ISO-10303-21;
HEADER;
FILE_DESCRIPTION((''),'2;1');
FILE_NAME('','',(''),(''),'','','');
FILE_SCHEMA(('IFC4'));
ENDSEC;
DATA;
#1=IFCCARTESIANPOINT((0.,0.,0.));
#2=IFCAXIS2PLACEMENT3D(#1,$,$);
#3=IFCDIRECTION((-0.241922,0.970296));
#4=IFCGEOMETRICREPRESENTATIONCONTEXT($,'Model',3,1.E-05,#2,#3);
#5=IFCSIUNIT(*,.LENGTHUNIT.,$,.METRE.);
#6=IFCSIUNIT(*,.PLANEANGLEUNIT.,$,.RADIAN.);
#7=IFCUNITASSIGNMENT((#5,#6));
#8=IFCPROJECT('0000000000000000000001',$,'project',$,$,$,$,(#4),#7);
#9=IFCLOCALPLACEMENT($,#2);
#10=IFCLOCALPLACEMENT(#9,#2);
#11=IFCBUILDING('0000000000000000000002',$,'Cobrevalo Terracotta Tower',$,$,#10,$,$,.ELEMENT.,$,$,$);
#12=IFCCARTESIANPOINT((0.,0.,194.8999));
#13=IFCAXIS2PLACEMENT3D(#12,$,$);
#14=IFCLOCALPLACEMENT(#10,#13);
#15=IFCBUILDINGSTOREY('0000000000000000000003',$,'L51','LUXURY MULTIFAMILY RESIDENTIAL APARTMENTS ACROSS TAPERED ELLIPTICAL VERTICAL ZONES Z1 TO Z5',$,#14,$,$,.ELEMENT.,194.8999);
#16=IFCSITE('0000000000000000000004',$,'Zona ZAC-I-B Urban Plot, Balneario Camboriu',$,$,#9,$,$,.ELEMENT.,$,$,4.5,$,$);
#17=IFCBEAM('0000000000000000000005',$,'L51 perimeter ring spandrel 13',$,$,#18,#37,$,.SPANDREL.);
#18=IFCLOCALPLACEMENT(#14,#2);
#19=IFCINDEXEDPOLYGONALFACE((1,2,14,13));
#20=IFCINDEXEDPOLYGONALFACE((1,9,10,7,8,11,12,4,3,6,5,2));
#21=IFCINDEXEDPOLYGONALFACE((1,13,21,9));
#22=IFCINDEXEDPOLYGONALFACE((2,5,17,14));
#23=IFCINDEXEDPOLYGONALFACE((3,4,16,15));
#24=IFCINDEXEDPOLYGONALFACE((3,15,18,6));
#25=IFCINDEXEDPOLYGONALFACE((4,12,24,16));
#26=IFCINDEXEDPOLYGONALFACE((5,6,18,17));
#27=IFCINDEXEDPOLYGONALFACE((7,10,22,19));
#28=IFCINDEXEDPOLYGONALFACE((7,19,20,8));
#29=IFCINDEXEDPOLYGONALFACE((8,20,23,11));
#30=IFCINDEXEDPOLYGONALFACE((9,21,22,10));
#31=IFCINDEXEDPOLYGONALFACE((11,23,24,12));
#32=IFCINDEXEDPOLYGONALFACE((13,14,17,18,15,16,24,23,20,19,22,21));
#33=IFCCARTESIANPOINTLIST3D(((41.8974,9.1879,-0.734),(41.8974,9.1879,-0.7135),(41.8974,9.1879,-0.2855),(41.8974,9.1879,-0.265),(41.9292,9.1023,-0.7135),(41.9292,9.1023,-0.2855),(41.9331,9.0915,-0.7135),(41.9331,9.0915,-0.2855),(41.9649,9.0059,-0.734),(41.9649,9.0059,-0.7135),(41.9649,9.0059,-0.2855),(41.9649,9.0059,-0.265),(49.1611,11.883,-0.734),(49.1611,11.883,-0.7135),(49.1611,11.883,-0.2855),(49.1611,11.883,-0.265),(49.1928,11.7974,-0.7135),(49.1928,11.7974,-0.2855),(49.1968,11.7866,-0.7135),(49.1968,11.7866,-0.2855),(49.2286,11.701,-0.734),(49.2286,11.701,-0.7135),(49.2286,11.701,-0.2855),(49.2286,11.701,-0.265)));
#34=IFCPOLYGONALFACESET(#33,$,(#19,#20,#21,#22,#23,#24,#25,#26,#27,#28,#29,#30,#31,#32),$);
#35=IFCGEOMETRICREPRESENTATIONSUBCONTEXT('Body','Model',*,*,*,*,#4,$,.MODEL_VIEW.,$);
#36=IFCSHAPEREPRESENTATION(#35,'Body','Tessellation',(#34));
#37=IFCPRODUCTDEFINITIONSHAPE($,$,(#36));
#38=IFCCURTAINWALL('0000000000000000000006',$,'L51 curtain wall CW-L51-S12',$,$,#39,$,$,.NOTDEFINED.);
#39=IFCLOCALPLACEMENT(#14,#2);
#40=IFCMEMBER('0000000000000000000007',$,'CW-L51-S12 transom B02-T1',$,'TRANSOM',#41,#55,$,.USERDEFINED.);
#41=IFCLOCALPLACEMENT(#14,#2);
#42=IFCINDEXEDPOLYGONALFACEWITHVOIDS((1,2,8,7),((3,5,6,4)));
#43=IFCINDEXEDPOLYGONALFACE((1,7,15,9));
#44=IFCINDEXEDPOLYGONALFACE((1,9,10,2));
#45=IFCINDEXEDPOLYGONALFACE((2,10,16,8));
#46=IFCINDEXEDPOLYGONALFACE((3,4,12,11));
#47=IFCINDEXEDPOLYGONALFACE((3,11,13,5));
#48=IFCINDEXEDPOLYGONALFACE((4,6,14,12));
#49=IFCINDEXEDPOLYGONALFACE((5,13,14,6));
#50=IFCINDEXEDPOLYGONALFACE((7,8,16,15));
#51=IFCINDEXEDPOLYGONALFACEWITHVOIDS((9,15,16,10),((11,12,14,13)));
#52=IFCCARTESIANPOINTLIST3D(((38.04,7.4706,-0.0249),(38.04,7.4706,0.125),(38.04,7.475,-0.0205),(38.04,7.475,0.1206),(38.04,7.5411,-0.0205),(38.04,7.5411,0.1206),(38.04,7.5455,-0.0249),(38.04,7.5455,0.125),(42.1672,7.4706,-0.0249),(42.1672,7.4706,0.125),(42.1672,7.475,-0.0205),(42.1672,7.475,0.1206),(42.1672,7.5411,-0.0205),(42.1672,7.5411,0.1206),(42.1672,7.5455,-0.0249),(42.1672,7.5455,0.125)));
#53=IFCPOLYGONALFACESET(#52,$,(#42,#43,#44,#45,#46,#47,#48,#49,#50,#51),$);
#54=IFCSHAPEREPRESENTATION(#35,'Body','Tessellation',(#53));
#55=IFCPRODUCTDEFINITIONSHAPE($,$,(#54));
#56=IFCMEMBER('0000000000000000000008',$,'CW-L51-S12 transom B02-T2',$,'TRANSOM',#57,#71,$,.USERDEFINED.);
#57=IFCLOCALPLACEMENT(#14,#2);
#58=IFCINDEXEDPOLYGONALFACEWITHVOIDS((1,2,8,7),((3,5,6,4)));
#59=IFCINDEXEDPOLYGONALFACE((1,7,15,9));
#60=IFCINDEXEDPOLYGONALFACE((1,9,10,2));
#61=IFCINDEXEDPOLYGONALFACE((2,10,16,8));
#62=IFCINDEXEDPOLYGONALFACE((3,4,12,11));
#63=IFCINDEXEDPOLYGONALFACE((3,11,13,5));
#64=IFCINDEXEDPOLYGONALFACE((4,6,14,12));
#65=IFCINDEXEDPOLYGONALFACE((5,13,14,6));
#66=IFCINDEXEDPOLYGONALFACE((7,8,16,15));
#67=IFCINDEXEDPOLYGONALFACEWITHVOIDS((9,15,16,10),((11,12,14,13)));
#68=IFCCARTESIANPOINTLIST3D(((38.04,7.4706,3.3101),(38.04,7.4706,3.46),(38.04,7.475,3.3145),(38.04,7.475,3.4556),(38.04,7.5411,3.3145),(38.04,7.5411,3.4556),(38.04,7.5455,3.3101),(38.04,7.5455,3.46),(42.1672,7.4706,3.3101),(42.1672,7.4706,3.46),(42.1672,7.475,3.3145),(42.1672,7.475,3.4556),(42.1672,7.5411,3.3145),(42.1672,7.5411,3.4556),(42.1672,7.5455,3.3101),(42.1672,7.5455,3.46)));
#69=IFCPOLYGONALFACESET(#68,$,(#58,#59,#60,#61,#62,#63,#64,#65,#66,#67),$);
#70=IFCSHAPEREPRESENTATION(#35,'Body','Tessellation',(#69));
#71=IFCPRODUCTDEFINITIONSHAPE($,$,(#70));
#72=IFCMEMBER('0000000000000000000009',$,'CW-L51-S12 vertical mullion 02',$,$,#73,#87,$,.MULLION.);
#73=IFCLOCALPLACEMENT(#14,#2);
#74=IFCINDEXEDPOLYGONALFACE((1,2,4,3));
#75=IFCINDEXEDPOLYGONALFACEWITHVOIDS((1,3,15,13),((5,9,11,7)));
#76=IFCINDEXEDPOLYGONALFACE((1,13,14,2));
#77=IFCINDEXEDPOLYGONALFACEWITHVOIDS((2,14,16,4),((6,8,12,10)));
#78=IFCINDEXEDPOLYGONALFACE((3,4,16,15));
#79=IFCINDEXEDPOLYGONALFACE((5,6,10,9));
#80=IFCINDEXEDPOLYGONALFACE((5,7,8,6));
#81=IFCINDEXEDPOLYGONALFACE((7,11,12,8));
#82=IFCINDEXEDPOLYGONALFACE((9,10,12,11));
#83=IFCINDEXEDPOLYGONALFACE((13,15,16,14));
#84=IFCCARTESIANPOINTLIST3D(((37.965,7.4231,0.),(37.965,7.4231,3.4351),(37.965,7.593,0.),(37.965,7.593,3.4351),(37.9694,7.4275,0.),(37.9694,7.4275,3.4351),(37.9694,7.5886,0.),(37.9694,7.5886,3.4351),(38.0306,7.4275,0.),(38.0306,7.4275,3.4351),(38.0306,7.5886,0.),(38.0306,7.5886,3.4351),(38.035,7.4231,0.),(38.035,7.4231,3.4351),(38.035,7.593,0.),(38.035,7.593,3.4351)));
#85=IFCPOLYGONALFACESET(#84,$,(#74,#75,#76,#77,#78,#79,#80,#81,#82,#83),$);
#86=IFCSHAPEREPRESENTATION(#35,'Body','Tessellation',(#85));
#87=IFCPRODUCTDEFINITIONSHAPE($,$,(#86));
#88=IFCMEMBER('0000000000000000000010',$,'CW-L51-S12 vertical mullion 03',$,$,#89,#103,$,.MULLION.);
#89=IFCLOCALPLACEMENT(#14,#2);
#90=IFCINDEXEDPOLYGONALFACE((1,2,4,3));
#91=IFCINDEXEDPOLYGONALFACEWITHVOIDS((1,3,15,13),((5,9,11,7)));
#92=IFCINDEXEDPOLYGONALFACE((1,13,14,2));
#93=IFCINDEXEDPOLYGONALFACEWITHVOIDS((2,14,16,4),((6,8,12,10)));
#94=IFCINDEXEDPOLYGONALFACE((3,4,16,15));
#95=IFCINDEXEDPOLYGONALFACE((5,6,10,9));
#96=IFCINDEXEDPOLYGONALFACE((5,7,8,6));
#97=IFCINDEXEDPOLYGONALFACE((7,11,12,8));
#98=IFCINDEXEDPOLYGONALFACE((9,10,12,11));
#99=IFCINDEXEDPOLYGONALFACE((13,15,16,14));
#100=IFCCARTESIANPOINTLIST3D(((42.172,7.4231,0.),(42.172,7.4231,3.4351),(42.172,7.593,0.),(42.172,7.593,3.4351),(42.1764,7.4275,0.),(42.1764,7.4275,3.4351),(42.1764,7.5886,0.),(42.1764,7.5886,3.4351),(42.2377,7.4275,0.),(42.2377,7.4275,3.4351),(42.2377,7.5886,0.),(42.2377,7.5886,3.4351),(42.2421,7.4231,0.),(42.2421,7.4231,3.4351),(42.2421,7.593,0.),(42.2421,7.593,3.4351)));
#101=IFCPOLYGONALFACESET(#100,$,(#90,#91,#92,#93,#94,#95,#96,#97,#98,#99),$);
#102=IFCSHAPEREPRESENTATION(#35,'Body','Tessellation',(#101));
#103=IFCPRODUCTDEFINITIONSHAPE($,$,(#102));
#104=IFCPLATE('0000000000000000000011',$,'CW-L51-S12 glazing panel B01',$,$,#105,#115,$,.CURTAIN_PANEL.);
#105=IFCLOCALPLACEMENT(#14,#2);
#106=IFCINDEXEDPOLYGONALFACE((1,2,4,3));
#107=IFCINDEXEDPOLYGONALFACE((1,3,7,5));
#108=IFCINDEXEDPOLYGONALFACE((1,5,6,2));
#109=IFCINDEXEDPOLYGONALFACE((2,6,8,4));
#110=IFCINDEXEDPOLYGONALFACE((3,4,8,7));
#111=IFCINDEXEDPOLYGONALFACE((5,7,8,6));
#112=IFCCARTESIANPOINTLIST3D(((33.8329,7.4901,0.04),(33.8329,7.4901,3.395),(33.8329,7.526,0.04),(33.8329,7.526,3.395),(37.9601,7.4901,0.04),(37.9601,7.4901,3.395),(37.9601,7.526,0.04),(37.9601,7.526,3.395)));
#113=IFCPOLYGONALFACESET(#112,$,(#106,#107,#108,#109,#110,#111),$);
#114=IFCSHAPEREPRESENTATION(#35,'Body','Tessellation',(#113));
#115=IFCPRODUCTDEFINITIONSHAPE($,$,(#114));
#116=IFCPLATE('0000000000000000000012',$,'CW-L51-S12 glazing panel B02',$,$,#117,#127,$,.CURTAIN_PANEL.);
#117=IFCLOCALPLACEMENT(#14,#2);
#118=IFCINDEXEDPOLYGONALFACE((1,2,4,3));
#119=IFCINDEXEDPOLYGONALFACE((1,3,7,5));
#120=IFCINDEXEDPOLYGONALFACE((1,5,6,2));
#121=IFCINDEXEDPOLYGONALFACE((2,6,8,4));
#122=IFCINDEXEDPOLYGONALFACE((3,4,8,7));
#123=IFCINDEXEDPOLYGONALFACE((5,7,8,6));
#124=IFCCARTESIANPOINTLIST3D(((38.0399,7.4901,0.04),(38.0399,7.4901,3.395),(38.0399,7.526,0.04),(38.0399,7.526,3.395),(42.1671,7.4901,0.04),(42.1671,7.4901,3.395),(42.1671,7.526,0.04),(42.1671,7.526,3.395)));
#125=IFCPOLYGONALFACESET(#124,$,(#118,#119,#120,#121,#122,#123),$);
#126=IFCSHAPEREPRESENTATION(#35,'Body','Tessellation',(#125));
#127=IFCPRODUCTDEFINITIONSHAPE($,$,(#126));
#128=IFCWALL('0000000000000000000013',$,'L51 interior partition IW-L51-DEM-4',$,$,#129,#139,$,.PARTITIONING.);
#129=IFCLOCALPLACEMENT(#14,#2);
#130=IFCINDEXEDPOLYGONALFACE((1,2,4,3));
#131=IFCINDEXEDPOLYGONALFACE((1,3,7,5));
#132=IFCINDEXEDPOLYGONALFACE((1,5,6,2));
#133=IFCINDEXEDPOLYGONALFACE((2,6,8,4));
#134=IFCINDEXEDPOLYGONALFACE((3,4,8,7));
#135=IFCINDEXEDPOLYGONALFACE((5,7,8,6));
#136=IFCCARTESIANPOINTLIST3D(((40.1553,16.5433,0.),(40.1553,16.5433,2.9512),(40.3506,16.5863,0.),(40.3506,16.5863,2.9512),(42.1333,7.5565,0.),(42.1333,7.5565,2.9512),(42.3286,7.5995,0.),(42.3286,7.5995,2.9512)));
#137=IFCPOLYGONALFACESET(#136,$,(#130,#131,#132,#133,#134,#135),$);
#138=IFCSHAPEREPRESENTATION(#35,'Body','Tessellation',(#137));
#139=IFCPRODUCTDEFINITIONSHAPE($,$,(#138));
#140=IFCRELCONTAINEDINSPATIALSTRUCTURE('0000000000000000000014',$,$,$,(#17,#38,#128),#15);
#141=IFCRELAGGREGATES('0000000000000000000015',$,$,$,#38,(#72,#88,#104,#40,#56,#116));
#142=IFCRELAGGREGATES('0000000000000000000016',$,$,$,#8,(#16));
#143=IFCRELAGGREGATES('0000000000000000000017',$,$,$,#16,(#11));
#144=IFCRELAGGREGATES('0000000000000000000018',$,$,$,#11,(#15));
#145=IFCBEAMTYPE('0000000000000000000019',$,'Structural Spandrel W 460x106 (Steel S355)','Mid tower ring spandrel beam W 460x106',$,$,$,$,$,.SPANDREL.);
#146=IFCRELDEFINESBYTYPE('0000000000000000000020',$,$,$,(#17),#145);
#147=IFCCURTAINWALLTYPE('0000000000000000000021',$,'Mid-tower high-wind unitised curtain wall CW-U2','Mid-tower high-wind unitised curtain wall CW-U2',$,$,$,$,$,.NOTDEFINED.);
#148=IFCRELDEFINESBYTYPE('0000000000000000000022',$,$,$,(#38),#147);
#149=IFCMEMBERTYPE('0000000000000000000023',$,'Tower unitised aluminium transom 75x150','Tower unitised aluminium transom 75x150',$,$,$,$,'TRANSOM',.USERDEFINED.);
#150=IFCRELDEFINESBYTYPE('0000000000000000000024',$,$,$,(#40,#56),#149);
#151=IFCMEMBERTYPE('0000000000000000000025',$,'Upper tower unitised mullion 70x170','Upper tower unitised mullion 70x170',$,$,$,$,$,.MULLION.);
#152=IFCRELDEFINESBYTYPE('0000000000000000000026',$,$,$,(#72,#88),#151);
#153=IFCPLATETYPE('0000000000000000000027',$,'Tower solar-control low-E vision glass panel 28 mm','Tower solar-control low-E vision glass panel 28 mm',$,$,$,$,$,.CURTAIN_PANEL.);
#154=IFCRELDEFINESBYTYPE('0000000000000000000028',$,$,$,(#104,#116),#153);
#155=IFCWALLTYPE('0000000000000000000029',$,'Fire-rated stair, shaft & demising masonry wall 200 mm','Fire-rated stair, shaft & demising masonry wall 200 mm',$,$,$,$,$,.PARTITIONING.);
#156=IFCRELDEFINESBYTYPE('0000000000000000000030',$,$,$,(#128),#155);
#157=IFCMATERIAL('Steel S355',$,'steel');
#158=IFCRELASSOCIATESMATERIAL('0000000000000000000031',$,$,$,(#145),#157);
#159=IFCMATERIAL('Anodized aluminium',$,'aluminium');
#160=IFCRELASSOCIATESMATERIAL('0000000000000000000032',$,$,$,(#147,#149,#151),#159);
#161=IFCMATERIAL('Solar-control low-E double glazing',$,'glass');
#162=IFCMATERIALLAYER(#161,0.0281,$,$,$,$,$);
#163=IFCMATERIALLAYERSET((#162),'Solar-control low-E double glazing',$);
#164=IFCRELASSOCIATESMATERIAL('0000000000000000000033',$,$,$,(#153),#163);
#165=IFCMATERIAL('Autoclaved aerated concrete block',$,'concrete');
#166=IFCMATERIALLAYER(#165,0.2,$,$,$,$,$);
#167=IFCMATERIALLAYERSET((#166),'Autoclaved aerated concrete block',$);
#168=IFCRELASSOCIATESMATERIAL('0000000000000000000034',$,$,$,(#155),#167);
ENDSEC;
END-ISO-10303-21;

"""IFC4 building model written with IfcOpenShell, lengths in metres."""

from ifc_helpers import new_model, si_unit, direction, frame, frame_2d, origin, origin_2d, place, context, subcontext, project, spatial, rectangle, hollow_rectangle, i_section, extrude, source, transform, mapped, material, layer, layer_set, material_profile, profile_set, type_object, element, aggregate, save


model = new_model("IFC4")

# Units and contexts
model_context = context("Model", 3, precision=1e-05, world=origin(), true_north=direction((-0.241922, 0.970296)))
body_context = subcontext(model_context, "Body", "Model", "MODEL_VIEW")
ifc_project = project(units=[si_unit("LENGTHUNIT", "METRE"), si_unit("PLANEANGLEUNIT", "RADIAN")], contexts=[model_context])

# Site, building, storey
site_placement = place(None, origin())
site = spatial("IfcSite", under=ifc_project, at=site_placement, Name="Zona ZAC-I-B Urban Plot, Balneario Camboriu", CompositionType="ELEMENT", RefElevation=4.5)
building_placement = place(site_placement, origin())
building = spatial("IfcBuilding", under=site, at=building_placement, Name="Cobrevalo Terracotta Tower", CompositionType="ELEMENT")
storey_placement = place(building_placement, frame((0.0, 0.0, 194.8999)))
storey = spatial("IfcBuildingStorey", under=building, at=storey_placement, Name="L51", Description="LUXURY MULTIFAMILY RESIDENTIAL APARTMENTS ACROSS TAPERED ELLIPTICAL VERTICAL ZONES Z1 TO Z5", CompositionType="ELEMENT", Elevation=194.8999)

# Shared definitions
ifc_material_1 = material(Name="Steel S355", Category="steel")

# Beam
ifc_material_profile_1 = material_profile(ifc_material_1, i_section(OverallWidth=0.1941, OverallDepth=0.469, WebThickness=0.0115, FlangeThickness=0.0205, at=origin_2d()), Name="W 460x106")
ifc_profile_set_1 = profile_set([ifc_material_profile_1], Name="Steel S355")
beam_type_1 = type_object("IfcBeamType", Name="Structural Spandrel W 460x106 (Steel S355)", Description="Mid tower ring spandrel beam W 460x106", PredefinedType="SPANDREL", material=ifc_profile_set_1)
beam_1_placement = place(storey_placement, frame((41.9312, 9.0969, -0.4995), z_axis=(0.937546, 0.347861, 0.0), x_axis=(-0.347861, 0.937546, 0.0)))
element("IfcBeam", 1, at=beam_1_placement, inside=storey, type_object=beam_type_1, Name="L51 perimeter ring spandrel 13", PredefinedType="SPANDREL", context=body_context, shape_type="SweptSolid", body=[
    extrude(i_section(OverallWidth=0.1941, OverallDepth=0.469, WebThickness=0.0115, FlangeThickness=0.0205, at=origin_2d()), origin(), (0.0, 0.0, 1.0), 7.7476),
])

# Curtain wall, members, plates
ifc_material_2 = material(Name="Anodized aluminium", Category="aluminium")
curtain_wall_type = type_object("IfcCurtainWallType", Name="Mid-tower high-wind unitised curtain wall CW-U2", Description="Mid-tower high-wind unitised curtain wall CW-U2", PredefinedType="NOTDEFINED", material=ifc_material_2)
curtain_wall_placement = place(storey_placement, origin())
curtain_wall = element("IfcCurtainWall", 2, at=curtain_wall_placement, inside=storey, type_object=curtain_wall_type, Name="L51 curtain wall CW-L51-S12", PredefinedType="NOTDEFINED")
ifc_material_profile_2 = material_profile(ifc_material_2, hollow_rectangle(XDim=0.075, YDim=0.1499, WallThickness=0.0044, at=origin_2d()), Name="CWT 75x150")
ifc_profile_set_2 = profile_set([ifc_material_profile_2], Name="Anodized aluminium")
member_type_1 = type_object("IfcMemberType", Name="Tower unitised aluminium transom 75x150", Description="Tower unitised aluminium transom 75x150", ElementType="TRANSOM", PredefinedType="USERDEFINED", material=ifc_profile_set_2)
shared_shape_1 = source(origin(), body_context, "Body", "SweptSolid", [
    extrude(hollow_rectangle(XDim=0.075, YDim=0.1499, WallThickness=0.0044, at=origin_2d()), origin(), (0.0, 0.0, 1.0), 4.1272),
])
member_1_placement = place(storey_placement, frame((38.04, 7.5081, 0.05), z_axis=(1.0, 0.0, 0.0), x_axis=(0.0, 1.0, 0.0)))
member_1 = element("IfcMember", 3, at=member_1_placement, type_object=member_type_1, Name="CW-L51-S12 transom B02-T1", ObjectType="TRANSOM", PredefinedType="USERDEFINED", context=body_context, shape_type="MappedRepresentation", body=[
    mapped(shared_shape_1, transform((0.0, 0.0, 0.0), scale=1.0)),
])
member_2_placement = place(storey_placement, frame((38.04, 7.5081, 3.385), z_axis=(1.0, 0.0, 0.0), x_axis=(0.0, 1.0, 0.0)))
member_2 = element("IfcMember", 4, at=member_2_placement, type_object=member_type_1, Name="CW-L51-S12 transom B02-T2", ObjectType="TRANSOM", PredefinedType="USERDEFINED", context=body_context, shape_type="MappedRepresentation", body=[
    mapped(shared_shape_1, transform((0.0, 0.0, 0.0), scale=1.0)),
])
ifc_material_profile_3 = material_profile(ifc_material_2, hollow_rectangle(XDim=0.0701, YDim=0.1699, WallThickness=0.0044, at=origin_2d()), Name="CWM 70x170")
ifc_profile_set_3 = profile_set([ifc_material_profile_3], Name="Anodized aluminium")
member_type_2 = type_object("IfcMemberType", Name="Upper tower unitised mullion 70x170", Description="Upper tower unitised mullion 70x170", PredefinedType="MULLION", material=ifc_profile_set_3)
shared_shape_2 = source(origin(), body_context, "Body", "SweptSolid", [
    extrude(hollow_rectangle(XDim=0.0701, YDim=0.1699, WallThickness=0.0044, at=origin_2d()), origin(), (0.0, 0.0, 1.0), 3.4351),
])
member_3_placement = place(storey_placement, frame((38.0, 7.5081, 0.0), z_axis=(0.0, 0.0, 1.0), x_axis=(1.0, 0.0, 0.0)))
member_3 = element("IfcMember", 5, at=member_3_placement, type_object=member_type_2, Name="CW-L51-S12 vertical mullion 02", PredefinedType="MULLION", context=body_context, shape_type="MappedRepresentation", body=[
    mapped(shared_shape_2, transform((0.0, 0.0, 0.0), scale=1.0)),
])
member_4_placement = place(storey_placement, frame((42.207, 7.5081, 0.0), z_axis=(0.0, 0.0, 1.0), x_axis=(1.0, 0.0, 0.0)))
member_4 = element("IfcMember", 6, at=member_4_placement, type_object=member_type_2, Name="CW-L51-S12 vertical mullion 03", PredefinedType="MULLION", context=body_context, shape_type="MappedRepresentation", body=[
    mapped(shared_shape_2, transform((0.0, 0.0, 0.0), scale=1.0)),
])
ifc_material_3 = material(Name="Solar-control low-E double glazing", Category="glass")
ifc_layer_1 = layer(ifc_material_3, 0.0281)
ifc_layer_set_1 = layer_set([ifc_layer_1], Name="Solar-control low-E double glazing")
plate_type = type_object("IfcPlateType", Name="Tower solar-control low-E vision glass panel 28 mm", Description="Tower solar-control low-E vision glass panel 28 mm", PredefinedType="CURTAIN_PANEL", material=ifc_layer_set_1)
shared_shape_3 = source(origin(), body_context, "Body", "SweptSolid", [
    extrude(rectangle(XDim=4.1272, YDim=0.0359, at=origin_2d()), origin(), (0.0, 0.0, 1.0), 3.355),
])
plate_1_placement = place(storey_placement, frame((35.8965, 7.5081, 0.04), z_axis=(0.0, 0.0, 1.0), x_axis=(1.0, 0.0, 0.0)))
plate_1 = element("IfcPlate", 7, at=plate_1_placement, type_object=plate_type, Name="CW-L51-S12 glazing panel B01", PredefinedType="CURTAIN_PANEL", context=body_context, shape_type="MappedRepresentation", body=[
    mapped(shared_shape_3, transform((0.0, 0.0, 0.0), scale=1.0)),
])
plate_2_placement = place(storey_placement, frame((40.1035, 7.5081, 0.04), z_axis=(0.0, 0.0, 1.0), x_axis=(1.0, 0.0, 0.0)))
plate_2 = element("IfcPlate", 8, at=plate_2_placement, type_object=plate_type, Name="CW-L51-S12 glazing panel B02", PredefinedType="CURTAIN_PANEL", context=body_context, shape_type="MappedRepresentation", body=[
    mapped(shared_shape_3, transform((0.0, 0.0, 0.0), scale=1.0)),
])
aggregate(curtain_wall, [member_3, member_4, plate_1, member_1, member_2, plate_2])

# Wall
ifc_material_4 = material(Name="Autoclaved aerated concrete block", Category="concrete")
ifc_layer_2 = layer(ifc_material_4, 0.2)
ifc_layer_set_2 = layer_set([ifc_layer_2], Name="Autoclaved aerated concrete block")
wall_type_1 = type_object("IfcWallType", Name="Fire-rated stair, shaft & demising masonry wall 200 mm", Description="Fire-rated stair, shaft & demising masonry wall 200 mm", PredefinedType="PARTITIONING", material=ifc_layer_set_2)
wall_1_placement = place(storey_placement, frame((40.2529, 16.5649, 0.0), z_axis=(0.0, 0.0, 1.0), x_axis=(0.214958, -0.976623, 0.0)))
element("IfcWall", 9, at=wall_1_placement, inside=storey, type_object=wall_type_1, Name="L51 interior partition IW-L51-DEM-4", PredefinedType="PARTITIONING", context=body_context, shape_type="SweptSolid", body=[
    extrude(rectangle(XDim=9.2019, YDim=0.2, at=frame_2d((4.6011, 0.0))), origin(), (0.0, 0.0, 1.0), 2.9512),
])

save(model, "model.ifc")
